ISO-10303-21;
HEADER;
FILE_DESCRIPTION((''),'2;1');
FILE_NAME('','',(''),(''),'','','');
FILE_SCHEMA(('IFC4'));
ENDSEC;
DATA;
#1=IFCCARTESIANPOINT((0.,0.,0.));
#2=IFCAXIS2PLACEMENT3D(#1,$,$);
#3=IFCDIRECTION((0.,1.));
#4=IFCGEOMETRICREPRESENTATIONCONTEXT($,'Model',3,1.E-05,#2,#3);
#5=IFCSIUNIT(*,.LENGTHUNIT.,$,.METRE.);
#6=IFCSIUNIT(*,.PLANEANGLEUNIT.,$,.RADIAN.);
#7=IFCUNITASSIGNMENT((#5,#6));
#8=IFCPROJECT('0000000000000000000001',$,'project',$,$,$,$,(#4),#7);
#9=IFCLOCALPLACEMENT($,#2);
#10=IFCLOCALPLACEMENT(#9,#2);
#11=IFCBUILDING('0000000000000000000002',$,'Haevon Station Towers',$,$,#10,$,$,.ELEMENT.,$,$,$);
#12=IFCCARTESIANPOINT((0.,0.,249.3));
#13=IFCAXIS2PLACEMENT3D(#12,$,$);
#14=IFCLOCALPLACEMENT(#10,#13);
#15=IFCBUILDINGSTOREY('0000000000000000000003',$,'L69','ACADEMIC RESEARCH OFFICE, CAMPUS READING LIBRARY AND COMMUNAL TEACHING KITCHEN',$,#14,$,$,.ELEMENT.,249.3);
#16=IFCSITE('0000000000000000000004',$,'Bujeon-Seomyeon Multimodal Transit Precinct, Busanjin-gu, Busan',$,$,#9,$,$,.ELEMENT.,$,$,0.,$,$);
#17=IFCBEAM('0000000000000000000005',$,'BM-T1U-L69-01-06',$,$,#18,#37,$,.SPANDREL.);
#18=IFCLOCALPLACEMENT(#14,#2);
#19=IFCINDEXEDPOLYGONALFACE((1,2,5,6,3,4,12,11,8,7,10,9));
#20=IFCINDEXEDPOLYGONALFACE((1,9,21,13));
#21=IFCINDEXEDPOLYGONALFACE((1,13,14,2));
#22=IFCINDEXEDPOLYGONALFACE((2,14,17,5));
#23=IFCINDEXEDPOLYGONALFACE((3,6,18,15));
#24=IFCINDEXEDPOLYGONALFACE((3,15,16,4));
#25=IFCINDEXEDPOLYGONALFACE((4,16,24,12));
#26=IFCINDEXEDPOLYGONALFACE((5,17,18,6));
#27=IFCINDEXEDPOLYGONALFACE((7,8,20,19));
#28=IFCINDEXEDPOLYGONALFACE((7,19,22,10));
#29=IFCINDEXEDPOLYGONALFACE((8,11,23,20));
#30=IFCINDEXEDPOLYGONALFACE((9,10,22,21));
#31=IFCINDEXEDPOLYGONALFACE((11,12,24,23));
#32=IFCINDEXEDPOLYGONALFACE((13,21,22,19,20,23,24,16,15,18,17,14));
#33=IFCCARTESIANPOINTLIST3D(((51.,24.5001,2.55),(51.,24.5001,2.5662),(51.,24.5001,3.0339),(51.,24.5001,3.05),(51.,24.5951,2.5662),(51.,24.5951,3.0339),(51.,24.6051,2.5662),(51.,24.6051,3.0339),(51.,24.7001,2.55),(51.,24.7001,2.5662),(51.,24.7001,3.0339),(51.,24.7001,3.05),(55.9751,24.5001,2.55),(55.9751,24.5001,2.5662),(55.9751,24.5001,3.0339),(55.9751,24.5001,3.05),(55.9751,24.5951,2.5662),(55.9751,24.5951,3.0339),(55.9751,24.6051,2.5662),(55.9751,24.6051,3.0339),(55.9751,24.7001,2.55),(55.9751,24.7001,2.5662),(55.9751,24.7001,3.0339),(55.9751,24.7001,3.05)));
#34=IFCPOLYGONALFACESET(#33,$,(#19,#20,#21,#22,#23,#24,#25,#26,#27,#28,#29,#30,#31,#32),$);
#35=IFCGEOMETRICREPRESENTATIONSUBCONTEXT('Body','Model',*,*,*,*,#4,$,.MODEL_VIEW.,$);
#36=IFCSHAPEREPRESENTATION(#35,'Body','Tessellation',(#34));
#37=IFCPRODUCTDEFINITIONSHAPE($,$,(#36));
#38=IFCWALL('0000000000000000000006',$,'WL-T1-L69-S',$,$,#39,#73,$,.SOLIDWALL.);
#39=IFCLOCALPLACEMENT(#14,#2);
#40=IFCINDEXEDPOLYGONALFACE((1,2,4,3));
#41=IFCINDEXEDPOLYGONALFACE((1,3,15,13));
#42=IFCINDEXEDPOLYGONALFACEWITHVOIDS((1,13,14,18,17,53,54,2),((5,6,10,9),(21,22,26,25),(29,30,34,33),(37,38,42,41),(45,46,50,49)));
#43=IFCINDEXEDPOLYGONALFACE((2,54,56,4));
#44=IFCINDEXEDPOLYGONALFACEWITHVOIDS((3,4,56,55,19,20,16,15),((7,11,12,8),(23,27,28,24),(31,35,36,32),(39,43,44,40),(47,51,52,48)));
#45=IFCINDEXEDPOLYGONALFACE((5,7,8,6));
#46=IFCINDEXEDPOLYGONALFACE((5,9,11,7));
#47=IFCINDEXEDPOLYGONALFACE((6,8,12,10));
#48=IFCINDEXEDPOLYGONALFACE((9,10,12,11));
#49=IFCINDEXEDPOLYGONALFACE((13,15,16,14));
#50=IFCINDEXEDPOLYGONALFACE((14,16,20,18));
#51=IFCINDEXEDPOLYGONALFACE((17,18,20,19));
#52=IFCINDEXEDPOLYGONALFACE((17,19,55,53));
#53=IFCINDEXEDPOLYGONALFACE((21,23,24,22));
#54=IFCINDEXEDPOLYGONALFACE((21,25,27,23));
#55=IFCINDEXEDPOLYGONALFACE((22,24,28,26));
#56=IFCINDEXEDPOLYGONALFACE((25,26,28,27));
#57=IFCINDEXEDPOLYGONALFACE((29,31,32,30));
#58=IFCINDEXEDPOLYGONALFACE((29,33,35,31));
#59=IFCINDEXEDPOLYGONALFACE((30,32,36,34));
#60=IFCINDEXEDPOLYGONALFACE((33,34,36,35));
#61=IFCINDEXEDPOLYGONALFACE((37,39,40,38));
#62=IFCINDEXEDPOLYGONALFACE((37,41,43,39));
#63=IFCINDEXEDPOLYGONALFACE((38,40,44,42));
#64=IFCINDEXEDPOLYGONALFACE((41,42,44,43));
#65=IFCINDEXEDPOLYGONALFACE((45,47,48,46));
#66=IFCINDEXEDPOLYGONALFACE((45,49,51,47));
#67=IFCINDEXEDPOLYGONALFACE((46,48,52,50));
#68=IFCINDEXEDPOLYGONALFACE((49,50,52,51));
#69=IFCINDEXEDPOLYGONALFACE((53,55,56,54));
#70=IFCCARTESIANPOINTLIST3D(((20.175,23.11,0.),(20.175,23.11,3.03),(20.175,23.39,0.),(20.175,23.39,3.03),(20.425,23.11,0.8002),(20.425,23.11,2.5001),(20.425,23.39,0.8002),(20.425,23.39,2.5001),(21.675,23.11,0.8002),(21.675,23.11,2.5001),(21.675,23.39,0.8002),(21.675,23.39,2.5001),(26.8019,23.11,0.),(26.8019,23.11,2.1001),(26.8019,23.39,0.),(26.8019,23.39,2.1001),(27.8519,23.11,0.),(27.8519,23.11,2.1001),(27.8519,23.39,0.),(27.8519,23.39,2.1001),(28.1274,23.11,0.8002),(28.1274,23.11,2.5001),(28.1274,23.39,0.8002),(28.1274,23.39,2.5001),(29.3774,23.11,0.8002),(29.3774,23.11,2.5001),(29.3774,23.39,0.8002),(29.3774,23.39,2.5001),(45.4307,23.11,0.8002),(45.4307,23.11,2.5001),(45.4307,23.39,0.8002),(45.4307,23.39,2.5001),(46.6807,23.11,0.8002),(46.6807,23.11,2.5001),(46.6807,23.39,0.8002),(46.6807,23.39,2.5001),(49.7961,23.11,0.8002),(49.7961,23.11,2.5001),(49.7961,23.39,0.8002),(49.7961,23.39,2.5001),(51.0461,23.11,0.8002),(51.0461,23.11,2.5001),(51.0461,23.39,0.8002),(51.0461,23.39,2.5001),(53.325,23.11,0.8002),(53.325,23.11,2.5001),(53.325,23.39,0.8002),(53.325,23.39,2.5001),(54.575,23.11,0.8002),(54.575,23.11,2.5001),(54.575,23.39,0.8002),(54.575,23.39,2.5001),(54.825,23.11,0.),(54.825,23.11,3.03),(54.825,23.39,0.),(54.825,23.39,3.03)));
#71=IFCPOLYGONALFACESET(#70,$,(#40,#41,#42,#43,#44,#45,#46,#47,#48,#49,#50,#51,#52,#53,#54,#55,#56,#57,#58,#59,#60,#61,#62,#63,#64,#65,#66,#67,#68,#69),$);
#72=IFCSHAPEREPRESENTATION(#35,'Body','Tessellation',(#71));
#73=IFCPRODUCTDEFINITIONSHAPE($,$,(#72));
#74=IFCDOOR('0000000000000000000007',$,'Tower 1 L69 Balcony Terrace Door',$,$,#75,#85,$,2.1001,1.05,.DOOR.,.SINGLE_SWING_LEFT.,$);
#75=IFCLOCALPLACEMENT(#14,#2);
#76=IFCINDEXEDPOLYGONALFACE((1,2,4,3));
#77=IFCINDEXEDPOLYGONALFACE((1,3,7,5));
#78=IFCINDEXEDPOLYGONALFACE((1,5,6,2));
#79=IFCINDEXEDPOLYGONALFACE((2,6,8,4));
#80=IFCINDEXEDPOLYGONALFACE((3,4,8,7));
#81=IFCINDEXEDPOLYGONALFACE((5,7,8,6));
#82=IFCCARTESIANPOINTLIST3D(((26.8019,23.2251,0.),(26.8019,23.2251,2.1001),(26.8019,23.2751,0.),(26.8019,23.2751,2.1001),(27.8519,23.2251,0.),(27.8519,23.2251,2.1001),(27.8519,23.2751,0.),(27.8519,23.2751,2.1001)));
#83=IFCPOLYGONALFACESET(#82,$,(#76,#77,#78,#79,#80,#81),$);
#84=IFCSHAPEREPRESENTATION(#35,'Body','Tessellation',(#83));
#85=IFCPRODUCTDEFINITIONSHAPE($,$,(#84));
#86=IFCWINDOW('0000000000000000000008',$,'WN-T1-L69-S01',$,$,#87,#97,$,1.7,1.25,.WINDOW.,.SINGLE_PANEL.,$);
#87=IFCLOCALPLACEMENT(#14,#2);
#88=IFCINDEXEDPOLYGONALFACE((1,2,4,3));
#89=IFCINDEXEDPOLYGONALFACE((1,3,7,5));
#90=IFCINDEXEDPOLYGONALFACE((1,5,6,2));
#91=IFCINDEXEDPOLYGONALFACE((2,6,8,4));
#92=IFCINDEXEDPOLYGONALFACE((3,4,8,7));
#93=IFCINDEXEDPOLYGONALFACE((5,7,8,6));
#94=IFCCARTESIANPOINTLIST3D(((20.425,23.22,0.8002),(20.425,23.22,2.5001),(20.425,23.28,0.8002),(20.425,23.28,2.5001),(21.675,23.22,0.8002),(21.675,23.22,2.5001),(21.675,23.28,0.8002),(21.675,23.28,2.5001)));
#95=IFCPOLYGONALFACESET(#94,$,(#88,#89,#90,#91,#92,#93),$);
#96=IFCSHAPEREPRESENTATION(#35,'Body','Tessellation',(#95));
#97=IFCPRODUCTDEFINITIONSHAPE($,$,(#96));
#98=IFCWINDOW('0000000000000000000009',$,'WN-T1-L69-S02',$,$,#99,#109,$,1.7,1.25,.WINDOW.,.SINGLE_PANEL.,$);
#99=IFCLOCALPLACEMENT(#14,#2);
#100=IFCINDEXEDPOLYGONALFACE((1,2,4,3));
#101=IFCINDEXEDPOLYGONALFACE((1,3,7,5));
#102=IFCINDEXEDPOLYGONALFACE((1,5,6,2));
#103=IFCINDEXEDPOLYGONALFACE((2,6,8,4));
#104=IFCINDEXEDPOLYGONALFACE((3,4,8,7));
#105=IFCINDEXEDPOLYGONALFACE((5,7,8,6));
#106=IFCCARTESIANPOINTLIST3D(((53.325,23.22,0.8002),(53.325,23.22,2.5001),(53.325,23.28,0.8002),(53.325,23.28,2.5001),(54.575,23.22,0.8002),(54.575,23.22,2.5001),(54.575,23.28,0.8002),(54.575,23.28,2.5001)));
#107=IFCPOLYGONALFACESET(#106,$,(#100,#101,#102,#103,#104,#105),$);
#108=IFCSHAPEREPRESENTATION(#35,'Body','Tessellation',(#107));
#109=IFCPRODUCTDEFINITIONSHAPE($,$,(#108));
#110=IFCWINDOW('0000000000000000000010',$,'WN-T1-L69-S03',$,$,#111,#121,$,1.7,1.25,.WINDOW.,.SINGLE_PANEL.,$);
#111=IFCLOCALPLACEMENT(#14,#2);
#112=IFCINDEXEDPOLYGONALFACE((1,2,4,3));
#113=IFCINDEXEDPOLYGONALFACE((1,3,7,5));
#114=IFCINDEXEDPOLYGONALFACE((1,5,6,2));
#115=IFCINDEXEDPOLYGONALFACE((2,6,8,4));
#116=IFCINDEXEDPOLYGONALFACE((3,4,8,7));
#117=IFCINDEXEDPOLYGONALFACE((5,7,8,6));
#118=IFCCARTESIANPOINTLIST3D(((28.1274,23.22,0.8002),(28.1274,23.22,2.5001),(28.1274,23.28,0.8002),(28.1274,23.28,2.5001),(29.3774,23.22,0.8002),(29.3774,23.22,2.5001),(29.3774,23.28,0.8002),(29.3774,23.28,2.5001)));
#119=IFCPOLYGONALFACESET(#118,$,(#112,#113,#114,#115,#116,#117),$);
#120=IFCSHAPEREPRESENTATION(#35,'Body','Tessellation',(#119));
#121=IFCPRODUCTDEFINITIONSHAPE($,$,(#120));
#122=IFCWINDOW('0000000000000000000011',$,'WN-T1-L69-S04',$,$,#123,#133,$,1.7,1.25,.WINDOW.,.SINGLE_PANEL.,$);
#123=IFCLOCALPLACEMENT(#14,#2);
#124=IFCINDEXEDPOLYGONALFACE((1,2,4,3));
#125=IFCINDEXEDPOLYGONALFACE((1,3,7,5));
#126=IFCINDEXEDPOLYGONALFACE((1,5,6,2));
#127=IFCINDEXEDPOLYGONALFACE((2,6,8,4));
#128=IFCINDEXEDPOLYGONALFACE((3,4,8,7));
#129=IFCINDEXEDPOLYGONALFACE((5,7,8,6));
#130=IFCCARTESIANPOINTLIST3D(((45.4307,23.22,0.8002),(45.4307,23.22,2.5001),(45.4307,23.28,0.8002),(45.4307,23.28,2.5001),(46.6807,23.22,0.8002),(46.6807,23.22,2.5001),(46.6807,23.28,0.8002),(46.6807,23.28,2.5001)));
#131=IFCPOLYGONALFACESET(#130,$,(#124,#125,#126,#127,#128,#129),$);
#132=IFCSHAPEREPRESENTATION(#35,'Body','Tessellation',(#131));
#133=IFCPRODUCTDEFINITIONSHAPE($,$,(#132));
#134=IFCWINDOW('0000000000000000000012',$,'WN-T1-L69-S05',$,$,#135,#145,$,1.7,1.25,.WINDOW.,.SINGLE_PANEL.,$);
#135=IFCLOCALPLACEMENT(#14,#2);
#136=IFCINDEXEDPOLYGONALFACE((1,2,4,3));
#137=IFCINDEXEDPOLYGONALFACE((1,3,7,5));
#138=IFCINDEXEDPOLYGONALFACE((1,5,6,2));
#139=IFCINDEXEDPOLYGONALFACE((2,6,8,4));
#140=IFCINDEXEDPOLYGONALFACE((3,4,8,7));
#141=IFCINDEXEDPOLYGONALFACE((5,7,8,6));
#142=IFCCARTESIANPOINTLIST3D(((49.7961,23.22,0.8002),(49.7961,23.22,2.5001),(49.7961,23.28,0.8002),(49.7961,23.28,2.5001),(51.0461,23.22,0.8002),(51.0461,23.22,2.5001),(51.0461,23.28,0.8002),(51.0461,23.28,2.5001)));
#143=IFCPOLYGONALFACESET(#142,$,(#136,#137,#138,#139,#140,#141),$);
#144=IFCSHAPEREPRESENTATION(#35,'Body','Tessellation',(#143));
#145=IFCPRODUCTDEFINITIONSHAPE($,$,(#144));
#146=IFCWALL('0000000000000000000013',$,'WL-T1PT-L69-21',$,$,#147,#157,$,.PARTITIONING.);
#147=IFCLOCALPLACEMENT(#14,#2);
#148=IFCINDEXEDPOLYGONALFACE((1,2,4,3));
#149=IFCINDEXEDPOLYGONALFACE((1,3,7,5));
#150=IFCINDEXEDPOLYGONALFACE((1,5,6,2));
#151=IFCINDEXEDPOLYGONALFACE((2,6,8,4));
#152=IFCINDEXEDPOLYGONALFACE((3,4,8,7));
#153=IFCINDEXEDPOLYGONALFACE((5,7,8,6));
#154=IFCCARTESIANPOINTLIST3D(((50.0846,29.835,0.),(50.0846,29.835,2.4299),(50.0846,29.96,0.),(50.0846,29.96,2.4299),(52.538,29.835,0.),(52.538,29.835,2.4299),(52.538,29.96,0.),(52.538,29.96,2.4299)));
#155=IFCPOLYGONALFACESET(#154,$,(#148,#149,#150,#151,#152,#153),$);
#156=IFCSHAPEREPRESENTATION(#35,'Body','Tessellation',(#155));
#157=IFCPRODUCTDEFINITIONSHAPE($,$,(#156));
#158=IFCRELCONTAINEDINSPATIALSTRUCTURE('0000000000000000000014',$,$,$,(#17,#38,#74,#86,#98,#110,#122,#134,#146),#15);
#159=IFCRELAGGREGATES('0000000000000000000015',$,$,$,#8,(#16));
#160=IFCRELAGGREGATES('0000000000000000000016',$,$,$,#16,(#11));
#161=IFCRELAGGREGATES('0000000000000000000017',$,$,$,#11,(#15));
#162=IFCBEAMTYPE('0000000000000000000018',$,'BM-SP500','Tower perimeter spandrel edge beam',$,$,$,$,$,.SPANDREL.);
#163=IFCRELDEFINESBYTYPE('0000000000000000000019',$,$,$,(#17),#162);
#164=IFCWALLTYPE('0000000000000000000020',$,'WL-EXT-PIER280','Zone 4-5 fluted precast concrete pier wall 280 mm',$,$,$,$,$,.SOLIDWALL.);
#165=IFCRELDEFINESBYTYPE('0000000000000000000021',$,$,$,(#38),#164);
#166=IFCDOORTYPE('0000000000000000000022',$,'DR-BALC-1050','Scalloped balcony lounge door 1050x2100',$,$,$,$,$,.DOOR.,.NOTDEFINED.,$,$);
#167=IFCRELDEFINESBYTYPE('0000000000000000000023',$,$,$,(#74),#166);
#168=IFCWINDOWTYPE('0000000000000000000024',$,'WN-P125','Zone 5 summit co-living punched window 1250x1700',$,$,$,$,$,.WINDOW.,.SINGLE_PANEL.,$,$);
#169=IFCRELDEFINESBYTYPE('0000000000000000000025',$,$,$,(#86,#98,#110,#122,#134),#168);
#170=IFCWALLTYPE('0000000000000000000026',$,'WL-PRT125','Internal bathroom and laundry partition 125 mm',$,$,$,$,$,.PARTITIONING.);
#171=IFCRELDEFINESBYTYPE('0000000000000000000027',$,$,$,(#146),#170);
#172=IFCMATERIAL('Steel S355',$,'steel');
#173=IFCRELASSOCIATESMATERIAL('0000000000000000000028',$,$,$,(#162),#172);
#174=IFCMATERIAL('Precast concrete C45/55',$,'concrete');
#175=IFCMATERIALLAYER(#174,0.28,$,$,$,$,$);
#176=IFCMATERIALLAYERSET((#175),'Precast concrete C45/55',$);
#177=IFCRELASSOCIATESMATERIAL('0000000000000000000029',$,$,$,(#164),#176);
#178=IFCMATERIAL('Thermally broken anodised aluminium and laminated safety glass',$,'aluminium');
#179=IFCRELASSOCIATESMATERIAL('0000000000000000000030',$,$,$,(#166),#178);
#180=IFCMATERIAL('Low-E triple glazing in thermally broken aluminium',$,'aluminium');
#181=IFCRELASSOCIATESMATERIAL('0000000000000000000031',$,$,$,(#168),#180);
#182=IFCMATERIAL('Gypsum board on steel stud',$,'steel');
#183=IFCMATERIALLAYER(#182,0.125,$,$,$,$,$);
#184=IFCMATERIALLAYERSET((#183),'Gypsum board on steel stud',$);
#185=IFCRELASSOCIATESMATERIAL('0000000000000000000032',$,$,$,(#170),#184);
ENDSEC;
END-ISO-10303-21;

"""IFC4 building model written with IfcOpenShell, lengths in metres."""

from ifc_helpers import new_model, si_unit, direction, frame, frame_2d, origin, origin_2d, place, context, subcontext, project, spatial, rectangle, i_section, extrude, material, layer, layer_set, material_profile, profile_set, type_object, element, fill, save


model = new_model("IFC4")

# Units and contexts
model_context = context("Model", 3, precision=1e-05, world=origin(), true_north=direction((0.0, 1.0)))
body_context = subcontext(model_context, "Body", "Model", "MODEL_VIEW")
ifc_project = project(units=[si_unit("LENGTHUNIT", "METRE"), si_unit("PLANEANGLEUNIT", "RADIAN")], contexts=[model_context])

# Site, building, storey
site_placement = place(None, origin())
site = spatial("IfcSite", under=ifc_project, at=site_placement, Name="Bujeon-Seomyeon Multimodal Transit Precinct, Busanjin-gu, Busan", CompositionType="ELEMENT", RefElevation=0.0)
building_placement = place(site_placement, origin())
building = spatial("IfcBuilding", under=site, at=building_placement, Name="Haevon Station Towers", CompositionType="ELEMENT")
storey_placement = place(building_placement, frame((0.0, 0.0, 249.3)))
storey = spatial("IfcBuildingStorey", under=building, at=storey_placement, Name="L69", Description="ACADEMIC RESEARCH OFFICE, CAMPUS READING LIBRARY AND COMMUNAL TEACHING KITCHEN", CompositionType="ELEMENT", Elevation=249.3)

# Shared definitions
ifc_material_1 = material(Name="Steel S355", Category="steel")

# Beam
ifc_material_profile_1 = material_profile(ifc_material_1, i_section(OverallWidth=0.2, OverallDepth=0.5, WebThickness=0.01, FlangeThickness=0.0161, at=origin_2d()), Name="H-500x200x10x16")
ifc_profile_set_1 = profile_set([ifc_material_profile_1], Name="Steel S355")
beam_type_1 = type_object("IfcBeamType", Name="BM-SP500", Description="Tower perimeter spandrel edge beam", PredefinedType="SPANDREL", material=ifc_profile_set_1)
beam_1_placement = place(storey_placement, frame((51.0, 24.6001, 2.8), z_axis=(1.0, 0.0, 0.0), x_axis=(0.0, 1.0, 0.0)))
element("IfcBeam", 1, at=beam_1_placement, inside=storey, type_object=beam_type_1, Name="BM-T1U-L69-01-06", PredefinedType="SPANDREL", context=body_context, shape_type="SweptSolid", body=[
    extrude(i_section(OverallWidth=0.2, OverallDepth=0.5, WebThickness=0.01, FlangeThickness=0.0161, at=origin_2d()), origin(), (0.0, 0.0, 1.0), 4.9751),
])

# Wall, openings, door, windows
ifc_material_2 = material(Name="Precast concrete C45/55", Category="concrete")
ifc_layer_1 = layer(ifc_material_2, 0.28)
ifc_layer_set_1 = layer_set([ifc_layer_1], Name="Precast concrete C45/55")
wall_type_1 = type_object("IfcWallType", Name="WL-EXT-PIER280", Description="Zone 4-5 fluted precast concrete pier wall 280 mm", PredefinedType="SOLIDWALL", material=ifc_layer_set_1)
wall_1_placement = place(storey_placement, frame((54.825, 23.25, 0.0), z_axis=(0.0, 0.0, 1.0), x_axis=(-1.0, 0.0, 0.0)))
wall_1 = element("IfcWall", 2, at=wall_1_placement, inside=storey, type_object=wall_type_1, Name="WL-T1-L69-S", PredefinedType="SOLIDWALL", context=body_context, shape_type="SweptSolid", body=[
    extrude(rectangle(XDim=34.6499, YDim=0.28, at=frame_2d((17.325, 0.0))), origin(), (0.0, 0.0, 1.0), 3.03),
])
opening_1_placement = place(wall_1_placement, frame((26.9731, 0.0, 0.0)))
opening_1 = element("IfcOpeningElement", 3, at=opening_1_placement, cuts=wall_1, PredefinedType="OPENING", context=body_context, shape_type="SweptSolid", body=[
    extrude(rectangle(XDim=1.05, YDim=2.1001, at=frame_2d((0.5249, 1.05))), frame((0.0, 0.1499, 0.0), z_axis=(0.0, -1.0, 0.0), x_axis=(1.0, 0.0, 0.0)), (0.0, 0.0, 1.0), 0.3),
])
opening_2_placement = place(wall_1_placement, frame((33.1499, 0.0, 0.8)))
opening_2 = element("IfcOpeningElement", 4, at=opening_2_placement, cuts=wall_1, PredefinedType="OPENING", context=body_context, shape_type="SweptSolid", body=[
    extrude(rectangle(XDim=1.25, YDim=1.7, at=frame_2d((0.625, 0.8501))), frame((0.0, 0.1499, 0.0), z_axis=(0.0, -1.0, 0.0), x_axis=(1.0, 0.0, 0.0)), (0.0, 0.0, 1.0), 0.3),
])
opening_3_placement = place(wall_1_placement, frame((0.25, 0.0, 0.8)))
opening_3 = element("IfcOpeningElement", 5, at=opening_3_placement, cuts=wall_1, PredefinedType="OPENING", context=body_context, shape_type="SweptSolid", body=[
    extrude(rectangle(XDim=1.25, YDim=1.7, at=frame_2d((0.625, 0.8501))), frame((0.0, 0.1499, 0.0), z_axis=(0.0, -1.0, 0.0), x_axis=(1.0, 0.0, 0.0)), (0.0, 0.0, 1.0), 0.3),
])
opening_4_placement = place(wall_1_placement, frame((25.4475, 0.0, 0.8)))
opening_4 = element("IfcOpeningElement", 6, at=opening_4_placement, cuts=wall_1, PredefinedType="OPENING", context=body_context, shape_type="SweptSolid", body=[
    extrude(rectangle(XDim=1.25, YDim=1.7, at=frame_2d((0.625, 0.8501))), frame((0.0, 0.1499, 0.0), z_axis=(0.0, -1.0, 0.0), x_axis=(1.0, 0.0, 0.0)), (0.0, 0.0, 1.0), 0.3),
])
opening_5_placement = place(wall_1_placement, frame((8.1443, 0.0, 0.8)))
opening_5 = element("IfcOpeningElement", 7, at=opening_5_placement, cuts=wall_1, PredefinedType="OPENING", context=body_context, shape_type="SweptSolid", body=[
    extrude(rectangle(XDim=1.25, YDim=1.7, at=frame_2d((0.625, 0.8501))), frame((0.0, 0.1499, 0.0), z_axis=(0.0, -1.0, 0.0), x_axis=(1.0, 0.0, 0.0)), (0.0, 0.0, 1.0), 0.3),
])
opening_6_placement = place(wall_1_placement, frame((3.7788, 0.0, 0.8)))
opening_6 = element("IfcOpeningElement", 8, at=opening_6_placement, cuts=wall_1, PredefinedType="OPENING", context=body_context, shape_type="SweptSolid", body=[
    extrude(rectangle(XDim=1.25, YDim=1.7, at=frame_2d((0.625, 0.8501))), frame((0.0, 0.1499, 0.0), z_axis=(0.0, -1.0, 0.0), x_axis=(1.0, 0.0, 0.0)), (0.0, 0.0, 1.0), 0.3),
])
ifc_material_3 = material(Name="Thermally broken anodised aluminium and laminated safety glass", Category="aluminium")
door_type_1 = type_object("IfcDoorType", Name="DR-BALC-1050", Description="Scalloped balcony lounge door 1050x2100", OperationType="NOTDEFINED", PredefinedType="DOOR", material=ifc_material_3)
door_1_placement = place(opening_1_placement, origin())
door_1 = element("IfcDoor", 9, at=door_1_placement, inside=storey, type_object=door_type_1, Name="Tower 1 L69 Balcony Terrace Door", OperationType="SINGLE_SWING_LEFT", OverallHeight=2.1001, OverallWidth=1.05, PredefinedType="DOOR", context=body_context, shape_type="SweptSolid", body=[
    extrude(rectangle(XDim=1.05, YDim=2.1001, at=frame_2d((0.5249, 1.05))), frame((0.0, 0.0249, 0.0), z_axis=(0.0, -1.0, 0.0), x_axis=(1.0, 0.0, 0.0)), (0.0, 0.0, 1.0), 0.05),
])
fill(opening_1, door_1)
ifc_material_4 = material(Name="Low-E triple glazing in thermally broken aluminium", Category="aluminium")
window_type = type_object("IfcWindowType", Name="WN-P125", Description="Zone 5 summit co-living punched window 1250x1700", PartitioningType="SINGLE_PANEL", PredefinedType="WINDOW", material=ifc_material_4)
window_1_placement = place(opening_2_placement, origin())
window_1 = element("IfcWindow", 10, at=window_1_placement, inside=storey, type_object=window_type, Name="WN-T1-L69-S01", OverallHeight=1.7, OverallWidth=1.25, PartitioningType="SINGLE_PANEL", PredefinedType="WINDOW", context=body_context, shape_type="SweptSolid", body=[
    extrude(rectangle(XDim=1.25, YDim=1.7, at=frame_2d((0.625, 0.8501))), frame((0.0, 0.03, 0.0), z_axis=(0.0, -1.0, 0.0), x_axis=(1.0, 0.0, 0.0)), (0.0, 0.0, 1.0), 0.0601),
])
fill(opening_2, window_1)
window_2_placement = place(opening_3_placement, origin())
window_2 = element("IfcWindow", 11, at=window_2_placement, inside=storey, type_object=window_type, Name="WN-T1-L69-S02", OverallHeight=1.7, OverallWidth=1.25, PartitioningType="SINGLE_PANEL", PredefinedType="WINDOW", context=body_context, shape_type="SweptSolid", body=[
    extrude(rectangle(XDim=1.25, YDim=1.7, at=frame_2d((0.625, 0.8501))), frame((0.0, 0.03, 0.0), z_axis=(0.0, -1.0, 0.0), x_axis=(1.0, 0.0, 0.0)), (0.0, 0.0, 1.0), 0.0601),
])
fill(opening_3, window_2)
window_3_placement = place(opening_4_placement, origin())
window_3 = element("IfcWindow", 12, at=window_3_placement, inside=storey, type_object=window_type, Name="WN-T1-L69-S03", OverallHeight=1.7, OverallWidth=1.25, PartitioningType="SINGLE_PANEL", PredefinedType="WINDOW", context=body_context, shape_type="SweptSolid", body=[
    extrude(rectangle(XDim=1.25, YDim=1.7, at=frame_2d((0.625, 0.8501))), frame((0.0, 0.03, 0.0), z_axis=(0.0, -1.0, 0.0), x_axis=(1.0, 0.0, 0.0)), (0.0, 0.0, 1.0), 0.0601),
])
fill(opening_4, window_3)
window_4_placement = place(opening_5_placement, origin())
window_4 = element("IfcWindow", 13, at=window_4_placement, inside=storey, type_object=window_type, Name="WN-T1-L69-S04", OverallHeight=1.7, OverallWidth=1.25, PartitioningType="SINGLE_PANEL", PredefinedType="WINDOW", context=body_context, shape_type="SweptSolid", body=[
    extrude(rectangle(XDim=1.25, YDim=1.7, at=frame_2d((0.625, 0.8501))), frame((0.0, 0.03, 0.0), z_axis=(0.0, -1.0, 0.0), x_axis=(1.0, 0.0, 0.0)), (0.0, 0.0, 1.0), 0.0601),
])
fill(opening_5, window_4)
window_5_placement = place(opening_6_placement, origin())
window_5 = element("IfcWindow", 14, at=window_5_placement, inside=storey, type_object=window_type, Name="WN-T1-L69-S05", OverallHeight=1.7, OverallWidth=1.25, PartitioningType="SINGLE_PANEL", PredefinedType="WINDOW", context=body_context, shape_type="SweptSolid", body=[
    extrude(rectangle(XDim=1.25, YDim=1.7, at=frame_2d((0.625, 0.8501))), frame((0.0, 0.03, 0.0), z_axis=(0.0, -1.0, 0.0), x_axis=(1.0, 0.0, 0.0)), (0.0, 0.0, 1.0), 0.0601),
])
fill(opening_6, window_5)

# Wall
ifc_material_5 = material(Name="Gypsum board on steel stud", Category="steel")
ifc_layer_2 = layer(ifc_material_5, 0.125)
ifc_layer_set_2 = layer_set([ifc_layer_2], Name="Gypsum board on steel stud")
wall_type_2 = type_object("IfcWallType", Name="WL-PRT125", Description="Internal bathroom and laundry partition 125 mm", PredefinedType="PARTITIONING", material=ifc_layer_set_2)
wall_2_placement = place(storey_placement, frame((50.0847, 29.8975, 0.0), z_axis=(0.0, 0.0, 1.0), x_axis=(1.0, 0.0, 0.0)))
element("IfcWall", 15, at=wall_2_placement, inside=storey, type_object=wall_type_2, Name="WL-T1PT-L69-21", PredefinedType="PARTITIONING", context=body_context, shape_type="SweptSolid", body=[
    extrude(rectangle(XDim=2.4534, YDim=0.125, at=frame_2d((1.2266, 0.0))), origin(), (0.0, 0.0, 1.0), 2.4299),
])

save(model, "model.ifc")
